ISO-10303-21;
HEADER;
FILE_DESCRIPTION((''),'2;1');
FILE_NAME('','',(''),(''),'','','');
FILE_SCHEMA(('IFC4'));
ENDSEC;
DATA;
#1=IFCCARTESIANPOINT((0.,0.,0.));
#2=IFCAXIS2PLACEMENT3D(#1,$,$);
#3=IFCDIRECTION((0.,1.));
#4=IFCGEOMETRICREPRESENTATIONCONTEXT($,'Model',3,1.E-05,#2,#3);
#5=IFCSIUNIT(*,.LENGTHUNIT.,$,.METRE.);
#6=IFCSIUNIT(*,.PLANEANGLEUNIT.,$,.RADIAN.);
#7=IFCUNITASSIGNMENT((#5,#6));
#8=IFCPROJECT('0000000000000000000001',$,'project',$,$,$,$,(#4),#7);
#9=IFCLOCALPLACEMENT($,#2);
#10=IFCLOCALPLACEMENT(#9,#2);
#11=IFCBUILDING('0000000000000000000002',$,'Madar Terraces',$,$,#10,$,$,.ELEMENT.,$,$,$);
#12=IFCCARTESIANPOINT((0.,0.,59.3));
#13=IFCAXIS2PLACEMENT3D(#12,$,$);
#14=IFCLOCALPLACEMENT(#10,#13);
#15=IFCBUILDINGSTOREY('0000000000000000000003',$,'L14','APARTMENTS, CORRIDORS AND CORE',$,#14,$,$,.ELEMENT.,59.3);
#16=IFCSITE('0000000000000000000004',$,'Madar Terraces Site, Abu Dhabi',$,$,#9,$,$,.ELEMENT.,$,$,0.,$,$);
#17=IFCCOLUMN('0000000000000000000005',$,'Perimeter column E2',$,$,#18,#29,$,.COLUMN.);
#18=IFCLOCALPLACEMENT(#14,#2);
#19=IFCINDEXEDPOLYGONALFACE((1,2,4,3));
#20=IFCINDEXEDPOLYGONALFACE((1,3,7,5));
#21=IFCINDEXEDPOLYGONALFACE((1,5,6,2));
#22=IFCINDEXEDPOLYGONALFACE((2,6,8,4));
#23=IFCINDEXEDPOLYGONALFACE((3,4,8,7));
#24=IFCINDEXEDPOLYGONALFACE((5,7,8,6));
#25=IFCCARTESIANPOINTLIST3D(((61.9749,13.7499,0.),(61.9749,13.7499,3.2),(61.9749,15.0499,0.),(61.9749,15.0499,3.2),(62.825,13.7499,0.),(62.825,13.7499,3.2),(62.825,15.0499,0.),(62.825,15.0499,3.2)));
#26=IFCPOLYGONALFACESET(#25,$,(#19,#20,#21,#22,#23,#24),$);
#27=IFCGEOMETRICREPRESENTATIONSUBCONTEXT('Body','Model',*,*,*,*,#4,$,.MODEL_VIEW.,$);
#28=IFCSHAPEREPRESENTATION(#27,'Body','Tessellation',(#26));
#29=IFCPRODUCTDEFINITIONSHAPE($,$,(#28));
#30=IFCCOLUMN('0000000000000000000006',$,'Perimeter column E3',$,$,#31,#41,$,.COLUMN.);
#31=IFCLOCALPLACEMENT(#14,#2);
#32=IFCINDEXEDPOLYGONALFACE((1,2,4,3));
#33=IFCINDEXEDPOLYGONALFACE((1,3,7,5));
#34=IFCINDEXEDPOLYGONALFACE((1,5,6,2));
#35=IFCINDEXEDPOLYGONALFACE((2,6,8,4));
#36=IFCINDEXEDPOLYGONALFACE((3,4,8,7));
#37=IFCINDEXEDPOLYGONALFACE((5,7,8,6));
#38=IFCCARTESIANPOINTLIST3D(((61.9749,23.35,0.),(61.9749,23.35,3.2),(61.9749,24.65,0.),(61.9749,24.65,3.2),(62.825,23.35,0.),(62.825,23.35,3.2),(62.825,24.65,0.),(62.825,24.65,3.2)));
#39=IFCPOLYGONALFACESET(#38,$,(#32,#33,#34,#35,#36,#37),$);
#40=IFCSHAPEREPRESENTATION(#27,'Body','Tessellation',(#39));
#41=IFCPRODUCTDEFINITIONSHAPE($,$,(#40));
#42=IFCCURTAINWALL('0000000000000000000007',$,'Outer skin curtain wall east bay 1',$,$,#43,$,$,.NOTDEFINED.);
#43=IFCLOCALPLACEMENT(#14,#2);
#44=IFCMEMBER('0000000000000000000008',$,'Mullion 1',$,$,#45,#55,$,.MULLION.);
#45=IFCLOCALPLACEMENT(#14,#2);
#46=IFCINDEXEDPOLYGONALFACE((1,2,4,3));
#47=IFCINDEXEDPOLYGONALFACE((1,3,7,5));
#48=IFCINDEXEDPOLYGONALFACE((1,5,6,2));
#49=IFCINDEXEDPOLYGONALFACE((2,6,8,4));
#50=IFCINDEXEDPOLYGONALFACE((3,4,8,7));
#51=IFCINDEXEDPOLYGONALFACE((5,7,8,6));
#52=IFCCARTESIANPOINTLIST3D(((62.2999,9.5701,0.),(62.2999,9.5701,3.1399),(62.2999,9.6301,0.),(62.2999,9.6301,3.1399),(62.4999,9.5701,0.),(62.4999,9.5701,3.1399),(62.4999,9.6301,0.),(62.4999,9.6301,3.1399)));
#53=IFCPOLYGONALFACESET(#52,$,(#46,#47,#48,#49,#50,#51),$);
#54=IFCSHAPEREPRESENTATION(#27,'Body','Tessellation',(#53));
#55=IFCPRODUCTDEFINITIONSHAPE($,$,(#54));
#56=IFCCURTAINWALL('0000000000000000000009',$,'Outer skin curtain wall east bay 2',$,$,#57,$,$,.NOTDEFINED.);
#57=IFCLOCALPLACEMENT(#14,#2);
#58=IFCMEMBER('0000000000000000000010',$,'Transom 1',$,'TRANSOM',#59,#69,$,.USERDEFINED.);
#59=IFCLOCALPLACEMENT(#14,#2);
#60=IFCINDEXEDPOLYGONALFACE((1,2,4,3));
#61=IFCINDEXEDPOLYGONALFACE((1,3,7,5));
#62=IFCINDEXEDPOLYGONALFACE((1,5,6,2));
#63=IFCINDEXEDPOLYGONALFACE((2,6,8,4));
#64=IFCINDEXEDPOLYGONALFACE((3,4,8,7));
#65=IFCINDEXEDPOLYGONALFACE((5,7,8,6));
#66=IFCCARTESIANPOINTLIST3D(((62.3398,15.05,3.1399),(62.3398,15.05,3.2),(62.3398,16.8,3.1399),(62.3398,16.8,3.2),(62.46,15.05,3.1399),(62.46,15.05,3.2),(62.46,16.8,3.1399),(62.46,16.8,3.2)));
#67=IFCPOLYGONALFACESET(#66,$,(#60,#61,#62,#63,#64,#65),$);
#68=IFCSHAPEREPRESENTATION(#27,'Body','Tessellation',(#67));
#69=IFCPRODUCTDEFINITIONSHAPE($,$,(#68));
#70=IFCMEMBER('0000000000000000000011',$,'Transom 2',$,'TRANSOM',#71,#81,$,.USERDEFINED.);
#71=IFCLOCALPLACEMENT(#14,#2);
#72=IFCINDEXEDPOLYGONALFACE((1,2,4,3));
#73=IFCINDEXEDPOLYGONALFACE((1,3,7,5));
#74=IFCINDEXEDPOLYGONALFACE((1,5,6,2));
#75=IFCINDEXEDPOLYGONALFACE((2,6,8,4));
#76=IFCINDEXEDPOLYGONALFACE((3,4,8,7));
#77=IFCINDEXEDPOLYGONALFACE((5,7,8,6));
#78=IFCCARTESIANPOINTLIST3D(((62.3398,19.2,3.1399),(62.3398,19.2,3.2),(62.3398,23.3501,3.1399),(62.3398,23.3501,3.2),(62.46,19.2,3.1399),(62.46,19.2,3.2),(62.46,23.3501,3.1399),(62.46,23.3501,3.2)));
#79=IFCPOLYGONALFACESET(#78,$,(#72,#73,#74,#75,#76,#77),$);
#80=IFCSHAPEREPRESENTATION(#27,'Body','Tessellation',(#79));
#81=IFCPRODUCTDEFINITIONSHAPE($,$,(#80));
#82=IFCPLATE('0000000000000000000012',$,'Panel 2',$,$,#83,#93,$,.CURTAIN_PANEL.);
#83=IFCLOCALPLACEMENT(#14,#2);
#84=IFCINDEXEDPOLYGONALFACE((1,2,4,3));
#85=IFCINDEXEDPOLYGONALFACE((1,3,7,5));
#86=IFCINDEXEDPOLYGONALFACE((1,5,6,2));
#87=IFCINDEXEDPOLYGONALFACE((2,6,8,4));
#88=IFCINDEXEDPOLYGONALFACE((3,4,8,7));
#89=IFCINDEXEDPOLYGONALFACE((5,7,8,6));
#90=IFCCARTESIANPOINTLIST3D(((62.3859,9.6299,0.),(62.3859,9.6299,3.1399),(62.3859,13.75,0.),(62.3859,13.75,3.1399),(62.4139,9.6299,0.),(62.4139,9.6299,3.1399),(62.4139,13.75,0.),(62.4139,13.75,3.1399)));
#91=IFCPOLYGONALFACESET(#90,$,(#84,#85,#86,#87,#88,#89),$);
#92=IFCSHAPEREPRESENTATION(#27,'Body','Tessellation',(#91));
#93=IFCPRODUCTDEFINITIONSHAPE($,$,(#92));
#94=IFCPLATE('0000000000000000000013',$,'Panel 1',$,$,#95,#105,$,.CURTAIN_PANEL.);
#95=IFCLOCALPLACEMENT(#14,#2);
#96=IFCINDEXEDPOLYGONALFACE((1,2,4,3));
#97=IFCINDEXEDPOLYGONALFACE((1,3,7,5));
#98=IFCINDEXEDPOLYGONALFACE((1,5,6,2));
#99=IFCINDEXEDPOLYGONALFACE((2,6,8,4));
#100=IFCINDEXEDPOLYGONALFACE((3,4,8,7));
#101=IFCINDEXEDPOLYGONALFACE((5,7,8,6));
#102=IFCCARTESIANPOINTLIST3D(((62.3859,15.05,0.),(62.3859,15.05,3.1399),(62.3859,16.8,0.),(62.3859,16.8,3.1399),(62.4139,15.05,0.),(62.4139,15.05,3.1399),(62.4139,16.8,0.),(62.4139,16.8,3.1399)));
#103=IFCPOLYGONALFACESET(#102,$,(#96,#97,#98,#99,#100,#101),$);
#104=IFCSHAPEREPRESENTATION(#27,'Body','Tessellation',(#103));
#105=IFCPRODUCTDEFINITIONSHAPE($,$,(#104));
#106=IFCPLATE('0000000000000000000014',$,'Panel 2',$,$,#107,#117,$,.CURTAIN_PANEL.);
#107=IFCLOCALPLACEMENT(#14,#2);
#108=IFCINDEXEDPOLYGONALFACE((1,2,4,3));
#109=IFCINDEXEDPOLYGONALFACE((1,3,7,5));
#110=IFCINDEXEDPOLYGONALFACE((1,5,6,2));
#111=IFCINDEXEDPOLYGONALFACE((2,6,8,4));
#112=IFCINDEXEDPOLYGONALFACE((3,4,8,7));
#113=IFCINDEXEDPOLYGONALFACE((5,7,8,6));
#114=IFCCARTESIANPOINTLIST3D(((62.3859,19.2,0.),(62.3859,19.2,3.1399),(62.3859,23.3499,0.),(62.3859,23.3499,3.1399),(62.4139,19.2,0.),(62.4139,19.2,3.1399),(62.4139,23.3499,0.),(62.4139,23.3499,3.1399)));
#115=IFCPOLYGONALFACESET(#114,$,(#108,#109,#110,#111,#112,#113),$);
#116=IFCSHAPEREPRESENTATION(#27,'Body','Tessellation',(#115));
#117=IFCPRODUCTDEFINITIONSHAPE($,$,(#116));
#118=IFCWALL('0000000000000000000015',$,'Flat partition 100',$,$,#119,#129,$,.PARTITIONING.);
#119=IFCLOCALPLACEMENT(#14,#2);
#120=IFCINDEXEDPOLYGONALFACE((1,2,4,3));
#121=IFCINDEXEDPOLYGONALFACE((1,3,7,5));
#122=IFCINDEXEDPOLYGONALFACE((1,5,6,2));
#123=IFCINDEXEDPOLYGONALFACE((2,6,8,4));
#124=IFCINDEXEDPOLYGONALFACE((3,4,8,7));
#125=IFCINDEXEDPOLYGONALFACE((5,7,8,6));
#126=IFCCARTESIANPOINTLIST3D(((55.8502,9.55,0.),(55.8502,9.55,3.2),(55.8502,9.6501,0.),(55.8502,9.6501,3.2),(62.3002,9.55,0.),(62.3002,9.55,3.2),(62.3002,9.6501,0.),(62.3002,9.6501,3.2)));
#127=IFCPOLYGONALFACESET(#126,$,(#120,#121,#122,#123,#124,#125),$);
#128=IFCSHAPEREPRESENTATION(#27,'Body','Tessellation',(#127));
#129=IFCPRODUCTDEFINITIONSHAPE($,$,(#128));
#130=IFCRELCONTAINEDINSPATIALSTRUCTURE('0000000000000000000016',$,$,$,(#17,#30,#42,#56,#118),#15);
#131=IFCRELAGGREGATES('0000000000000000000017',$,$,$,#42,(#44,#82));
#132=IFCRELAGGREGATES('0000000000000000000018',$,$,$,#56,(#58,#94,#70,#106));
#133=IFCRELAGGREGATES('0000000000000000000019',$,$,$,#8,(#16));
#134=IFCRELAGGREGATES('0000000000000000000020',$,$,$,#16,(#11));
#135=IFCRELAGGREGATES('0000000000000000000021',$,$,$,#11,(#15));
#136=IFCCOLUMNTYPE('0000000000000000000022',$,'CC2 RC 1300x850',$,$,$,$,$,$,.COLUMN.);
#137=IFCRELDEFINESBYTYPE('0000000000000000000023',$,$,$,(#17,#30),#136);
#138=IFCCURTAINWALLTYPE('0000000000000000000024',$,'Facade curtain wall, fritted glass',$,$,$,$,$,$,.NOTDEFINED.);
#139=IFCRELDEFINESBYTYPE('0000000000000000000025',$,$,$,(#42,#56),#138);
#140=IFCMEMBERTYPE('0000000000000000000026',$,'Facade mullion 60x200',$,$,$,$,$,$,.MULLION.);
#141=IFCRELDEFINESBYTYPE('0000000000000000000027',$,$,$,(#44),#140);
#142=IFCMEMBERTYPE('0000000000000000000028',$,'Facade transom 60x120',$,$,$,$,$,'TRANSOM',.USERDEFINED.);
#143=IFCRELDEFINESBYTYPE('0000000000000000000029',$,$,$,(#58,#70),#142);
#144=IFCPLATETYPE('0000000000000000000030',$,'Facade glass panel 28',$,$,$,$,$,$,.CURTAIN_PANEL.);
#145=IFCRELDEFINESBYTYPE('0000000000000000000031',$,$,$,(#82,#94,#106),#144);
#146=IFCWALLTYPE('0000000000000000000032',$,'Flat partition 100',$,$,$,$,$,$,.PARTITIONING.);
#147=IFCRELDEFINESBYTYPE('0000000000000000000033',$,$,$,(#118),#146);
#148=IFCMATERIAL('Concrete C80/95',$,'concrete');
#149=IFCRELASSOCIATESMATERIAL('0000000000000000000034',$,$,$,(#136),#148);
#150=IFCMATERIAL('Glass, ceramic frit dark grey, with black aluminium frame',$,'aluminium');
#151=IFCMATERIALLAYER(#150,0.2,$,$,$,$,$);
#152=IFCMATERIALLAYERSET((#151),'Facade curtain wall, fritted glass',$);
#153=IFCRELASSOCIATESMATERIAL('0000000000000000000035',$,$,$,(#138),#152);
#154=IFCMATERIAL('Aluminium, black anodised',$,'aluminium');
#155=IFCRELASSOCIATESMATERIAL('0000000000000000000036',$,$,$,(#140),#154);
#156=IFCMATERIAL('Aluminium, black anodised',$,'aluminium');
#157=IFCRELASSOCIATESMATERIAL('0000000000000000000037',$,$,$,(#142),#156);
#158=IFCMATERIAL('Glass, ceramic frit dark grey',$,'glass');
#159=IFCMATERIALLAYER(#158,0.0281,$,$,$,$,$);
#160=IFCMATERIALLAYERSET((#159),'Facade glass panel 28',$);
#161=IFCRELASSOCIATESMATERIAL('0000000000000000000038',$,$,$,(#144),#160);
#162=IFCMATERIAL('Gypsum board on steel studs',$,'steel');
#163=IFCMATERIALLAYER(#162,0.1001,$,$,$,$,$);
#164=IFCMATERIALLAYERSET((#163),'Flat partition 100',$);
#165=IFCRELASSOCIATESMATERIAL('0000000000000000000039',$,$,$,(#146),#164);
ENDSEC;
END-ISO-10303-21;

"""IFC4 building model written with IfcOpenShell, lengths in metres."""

from ifc_helpers import new_model, si_unit, direction, frame, frame_2d, origin, origin_2d, place, context, subcontext, project, spatial, rectangle, extrude, material, layer, layer_set, material_profile, profile_set, type_object, element, aggregate, save


model = new_model("IFC4")

# Units and contexts
model_context = context("Model", 3, precision=1e-05, world=origin(), true_north=direction((0.0, 1.0)))
body_context = subcontext(model_context, "Body", "Model", "MODEL_VIEW")
ifc_project = project(units=[si_unit("LENGTHUNIT", "METRE"), si_unit("PLANEANGLEUNIT", "RADIAN")], contexts=[model_context])

# Site, building, storey
site_placement = place(None, origin())
site = spatial("IfcSite", under=ifc_project, at=site_placement, Name="Madar Terraces Site, Abu Dhabi", CompositionType="ELEMENT", RefElevation=0.0)
building_placement = place(site_placement, origin())
building = spatial("IfcBuilding", under=site, at=building_placement, Name="Madar Terraces", CompositionType="ELEMENT")
storey_placement = place(building_placement, frame((0.0, 0.0, 59.3)))
storey = spatial("IfcBuildingStorey", under=building, at=storey_placement, Name="L14", Description="APARTMENTS, CORRIDORS AND CORE", CompositionType="ELEMENT", Elevation=59.3)

# Columns
ifc_material_1 = material(Name="Concrete C80/95", Category="concrete")
ifc_material_profile_1 = material_profile(ifc_material_1, rectangle(XDim=1.3, YDim=0.8501, at=origin_2d()), Name="CC2 RC 1300x850")
ifc_profile_set_1 = profile_set([ifc_material_profile_1], Name="Concrete C80/95")
column_type = type_object("IfcColumnType", Name="CC2 RC 1300x850", PredefinedType="COLUMN", material=ifc_profile_set_1)
for number, where, z_axis, x_axis, name in (
    (1, (62.3999, 14.3999, 0.0), (0.0, 0.0, 1.0), (0.0, 1.0, 0.0), "Perimeter column E2"),
    (2, (62.3999, 24.0, 0.0), (0.0, 0.0, 1.0), (0.0, 1.0, 0.0), "Perimeter column E3"),
):
    element("IfcColumn", number, at=place(storey_placement, frame(where, z_axis=z_axis, x_axis=x_axis)), inside=storey, type_object=column_type, Name=name, PredefinedType="COLUMN", context=body_context, shape_type="SweptSolid", body=[
        extrude(rectangle(XDim=1.3, YDim=0.8501, at=origin_2d()), origin(), (0.0, 0.0, 1.0), 3.2),
    ])

# Curtain wall, member
ifc_material_2 = material(Name="Glass, ceramic frit dark grey, with black aluminium frame", Category="aluminium")
ifc_layer_1 = layer(ifc_material_2, 0.2)
ifc_layer_set_1 = layer_set([ifc_layer_1], Name="Facade curtain wall, fritted glass")
curtain_wall_type = type_object("IfcCurtainWallType", Name="Facade curtain wall, fritted glass", PredefinedType="NOTDEFINED", material=ifc_layer_set_1)
curtain_wall_1_placement = place(storey_placement, origin())
curtain_wall_1 = element("IfcCurtainWall", 3, at=curtain_wall_1_placement, inside=storey, type_object=curtain_wall_type, Name="Outer skin curtain wall east bay 1", PredefinedType="NOTDEFINED")
ifc_material_3 = material(Name="Aluminium, black anodised", Category="aluminium")
ifc_material_profile_2 = material_profile(ifc_material_3, rectangle(XDim=0.2, YDim=0.0601, at=origin_2d()), Name="Facade mullion 60x200")
ifc_profile_set_2 = profile_set([ifc_material_profile_2], Name="Aluminium, black anodised")
member_type_1 = type_object("IfcMemberType", Name="Facade mullion 60x200", PredefinedType="MULLION", material=ifc_profile_set_2)
member_1_placement = place(storey_placement, frame((62.3999, 9.6001, 0.0), z_axis=(0.0, 0.0, 1.0), x_axis=(-1.0, 0.0, 0.0)))
member_1 = element("IfcMember", 4, at=member_1_placement, type_object=member_type_1, Name="Mullion 1", PredefinedType="MULLION", context=body_context, shape_type="SweptSolid", body=[
    extrude(rectangle(XDim=0.2, YDim=0.0601, at=origin_2d()), origin(), (0.0, 0.0, 1.0), 3.1399),
])

# Curtain wall, members
curtain_wall_2_placement = place(storey_placement, origin())
curtain_wall_2 = element("IfcCurtainWall", 5, at=curtain_wall_2_placement, inside=storey, type_object=curtain_wall_type, Name="Outer skin curtain wall east bay 2", PredefinedType="NOTDEFINED")
ifc_material_4 = material(Name="Aluminium, black anodised", Category="aluminium")
ifc_material_profile_3 = material_profile(ifc_material_4, rectangle(XDim=0.1201, YDim=0.0601, at=origin_2d()), Name="Facade transom 60x120")
ifc_profile_set_3 = profile_set([ifc_material_profile_3], Name="Aluminium, black anodised")
member_type_2 = type_object("IfcMemberType", Name="Facade transom 60x120", ElementType="TRANSOM", PredefinedType="USERDEFINED", material=ifc_profile_set_3)
member_2_placement = place(storey_placement, frame((62.3999, 15.05, 3.1699), z_axis=(0.0, 1.0, 0.0), x_axis=(-1.0, 0.0, 0.0)))
member_2 = element("IfcMember", 6, at=member_2_placement, type_object=member_type_2, Name="Transom 1", ObjectType="TRANSOM", PredefinedType="USERDEFINED", context=body_context, shape_type="SweptSolid", body=[
    extrude(rectangle(XDim=0.1201, YDim=0.0601, at=origin_2d()), origin(), (0.0, 0.0, 1.0), 1.75),
])
member_3_placement = place(storey_placement, frame((62.3999, 19.2, 3.1699), z_axis=(0.0, 1.0, 0.0), x_axis=(-1.0, 0.0, 0.0)))
member_3 = element("IfcMember", 7, at=member_3_placement, type_object=member_type_2, Name="Transom 2", ObjectType="TRANSOM", PredefinedType="USERDEFINED", context=body_context, shape_type="SweptSolid", body=[
    extrude(rectangle(XDim=0.1201, YDim=0.0601, at=origin_2d()), origin(), (0.0, 0.0, 1.0), 4.1501),
])

# Plates
ifc_material_5 = material(Name="Glass, ceramic frit dark grey", Category="glass")
ifc_layer_2 = layer(ifc_material_5, 0.0281)
ifc_layer_set_2 = layer_set([ifc_layer_2], Name="Facade glass panel 28")
plate_type = type_object("IfcPlateType", Name="Facade glass panel 28", PredefinedType="CURTAIN_PANEL", material=ifc_layer_set_2)
plate_1_placement = place(storey_placement, frame((62.3999, 11.6899, 0.0), z_axis=(0.0, 0.0, 1.0), x_axis=(0.0, 1.0, 0.0)))
plate_1 = element("IfcPlate", 8, at=plate_1_placement, type_object=plate_type, Name="Panel 2", PredefinedType="CURTAIN_PANEL", context=body_context, shape_type="SweptSolid", body=[
    extrude(rectangle(XDim=4.1201, YDim=0.0281, at=origin_2d()), origin(), (0.0, 0.0, 1.0), 3.1399),
])
aggregate(curtain_wall_1, [member_1, plate_1])
plate_2_placement = place(storey_placement, frame((62.3999, 15.925, 0.0), z_axis=(0.0, 0.0, 1.0), x_axis=(0.0, 1.0, 0.0)))
plate_2 = element("IfcPlate", 9, at=plate_2_placement, type_object=plate_type, Name="Panel 1", PredefinedType="CURTAIN_PANEL", context=body_context, shape_type="SweptSolid", body=[
    extrude(rectangle(XDim=1.75, YDim=0.0281, at=origin_2d()), origin(), (0.0, 0.0, 1.0), 3.1399),
])
plate_3_placement = place(storey_placement, frame((62.3999, 21.2749, 0.0), z_axis=(0.0, 0.0, 1.0), x_axis=(0.0, 1.0, 0.0)))
plate_3 = element("IfcPlate", 10, at=plate_3_placement, type_object=plate_type, Name="Panel 2", PredefinedType="CURTAIN_PANEL", context=body_context, shape_type="SweptSolid", body=[
    extrude(rectangle(XDim=4.1499, YDim=0.0281, at=origin_2d()), origin(), (0.0, 0.0, 1.0), 3.1399),
])
aggregate(curtain_wall_2, [member_2, plate_2, member_3, plate_3])

# Wall
ifc_material_6 = material(Name="Gypsum board on steel studs", Category="steel")
ifc_layer_3 = layer(ifc_material_6, 0.1001)
ifc_layer_set_3 = layer_set([ifc_layer_3], Name="Flat partition 100")
wall_type_1 = type_object("IfcWallType", Name="Flat partition 100", PredefinedType="PARTITIONING", material=ifc_layer_set_3)
wall_1_placement = place(storey_placement, frame((55.8501, 9.6001, 0.0), z_axis=(0.0, 0.0, 1.0), x_axis=(1.0, 0.0, 0.0)))
element("IfcWall", 11, at=wall_1_placement, inside=storey, type_object=wall_type_1, Name="Flat partition 100", PredefinedType="PARTITIONING", context=body_context, shape_type="SweptSolid", body=[
    extrude(rectangle(XDim=6.45, YDim=0.1001, at=frame_2d((3.2251, 0.0))), origin(), (0.0, 0.0, 1.0), 3.2),
])

save(model, "model.ifc")
